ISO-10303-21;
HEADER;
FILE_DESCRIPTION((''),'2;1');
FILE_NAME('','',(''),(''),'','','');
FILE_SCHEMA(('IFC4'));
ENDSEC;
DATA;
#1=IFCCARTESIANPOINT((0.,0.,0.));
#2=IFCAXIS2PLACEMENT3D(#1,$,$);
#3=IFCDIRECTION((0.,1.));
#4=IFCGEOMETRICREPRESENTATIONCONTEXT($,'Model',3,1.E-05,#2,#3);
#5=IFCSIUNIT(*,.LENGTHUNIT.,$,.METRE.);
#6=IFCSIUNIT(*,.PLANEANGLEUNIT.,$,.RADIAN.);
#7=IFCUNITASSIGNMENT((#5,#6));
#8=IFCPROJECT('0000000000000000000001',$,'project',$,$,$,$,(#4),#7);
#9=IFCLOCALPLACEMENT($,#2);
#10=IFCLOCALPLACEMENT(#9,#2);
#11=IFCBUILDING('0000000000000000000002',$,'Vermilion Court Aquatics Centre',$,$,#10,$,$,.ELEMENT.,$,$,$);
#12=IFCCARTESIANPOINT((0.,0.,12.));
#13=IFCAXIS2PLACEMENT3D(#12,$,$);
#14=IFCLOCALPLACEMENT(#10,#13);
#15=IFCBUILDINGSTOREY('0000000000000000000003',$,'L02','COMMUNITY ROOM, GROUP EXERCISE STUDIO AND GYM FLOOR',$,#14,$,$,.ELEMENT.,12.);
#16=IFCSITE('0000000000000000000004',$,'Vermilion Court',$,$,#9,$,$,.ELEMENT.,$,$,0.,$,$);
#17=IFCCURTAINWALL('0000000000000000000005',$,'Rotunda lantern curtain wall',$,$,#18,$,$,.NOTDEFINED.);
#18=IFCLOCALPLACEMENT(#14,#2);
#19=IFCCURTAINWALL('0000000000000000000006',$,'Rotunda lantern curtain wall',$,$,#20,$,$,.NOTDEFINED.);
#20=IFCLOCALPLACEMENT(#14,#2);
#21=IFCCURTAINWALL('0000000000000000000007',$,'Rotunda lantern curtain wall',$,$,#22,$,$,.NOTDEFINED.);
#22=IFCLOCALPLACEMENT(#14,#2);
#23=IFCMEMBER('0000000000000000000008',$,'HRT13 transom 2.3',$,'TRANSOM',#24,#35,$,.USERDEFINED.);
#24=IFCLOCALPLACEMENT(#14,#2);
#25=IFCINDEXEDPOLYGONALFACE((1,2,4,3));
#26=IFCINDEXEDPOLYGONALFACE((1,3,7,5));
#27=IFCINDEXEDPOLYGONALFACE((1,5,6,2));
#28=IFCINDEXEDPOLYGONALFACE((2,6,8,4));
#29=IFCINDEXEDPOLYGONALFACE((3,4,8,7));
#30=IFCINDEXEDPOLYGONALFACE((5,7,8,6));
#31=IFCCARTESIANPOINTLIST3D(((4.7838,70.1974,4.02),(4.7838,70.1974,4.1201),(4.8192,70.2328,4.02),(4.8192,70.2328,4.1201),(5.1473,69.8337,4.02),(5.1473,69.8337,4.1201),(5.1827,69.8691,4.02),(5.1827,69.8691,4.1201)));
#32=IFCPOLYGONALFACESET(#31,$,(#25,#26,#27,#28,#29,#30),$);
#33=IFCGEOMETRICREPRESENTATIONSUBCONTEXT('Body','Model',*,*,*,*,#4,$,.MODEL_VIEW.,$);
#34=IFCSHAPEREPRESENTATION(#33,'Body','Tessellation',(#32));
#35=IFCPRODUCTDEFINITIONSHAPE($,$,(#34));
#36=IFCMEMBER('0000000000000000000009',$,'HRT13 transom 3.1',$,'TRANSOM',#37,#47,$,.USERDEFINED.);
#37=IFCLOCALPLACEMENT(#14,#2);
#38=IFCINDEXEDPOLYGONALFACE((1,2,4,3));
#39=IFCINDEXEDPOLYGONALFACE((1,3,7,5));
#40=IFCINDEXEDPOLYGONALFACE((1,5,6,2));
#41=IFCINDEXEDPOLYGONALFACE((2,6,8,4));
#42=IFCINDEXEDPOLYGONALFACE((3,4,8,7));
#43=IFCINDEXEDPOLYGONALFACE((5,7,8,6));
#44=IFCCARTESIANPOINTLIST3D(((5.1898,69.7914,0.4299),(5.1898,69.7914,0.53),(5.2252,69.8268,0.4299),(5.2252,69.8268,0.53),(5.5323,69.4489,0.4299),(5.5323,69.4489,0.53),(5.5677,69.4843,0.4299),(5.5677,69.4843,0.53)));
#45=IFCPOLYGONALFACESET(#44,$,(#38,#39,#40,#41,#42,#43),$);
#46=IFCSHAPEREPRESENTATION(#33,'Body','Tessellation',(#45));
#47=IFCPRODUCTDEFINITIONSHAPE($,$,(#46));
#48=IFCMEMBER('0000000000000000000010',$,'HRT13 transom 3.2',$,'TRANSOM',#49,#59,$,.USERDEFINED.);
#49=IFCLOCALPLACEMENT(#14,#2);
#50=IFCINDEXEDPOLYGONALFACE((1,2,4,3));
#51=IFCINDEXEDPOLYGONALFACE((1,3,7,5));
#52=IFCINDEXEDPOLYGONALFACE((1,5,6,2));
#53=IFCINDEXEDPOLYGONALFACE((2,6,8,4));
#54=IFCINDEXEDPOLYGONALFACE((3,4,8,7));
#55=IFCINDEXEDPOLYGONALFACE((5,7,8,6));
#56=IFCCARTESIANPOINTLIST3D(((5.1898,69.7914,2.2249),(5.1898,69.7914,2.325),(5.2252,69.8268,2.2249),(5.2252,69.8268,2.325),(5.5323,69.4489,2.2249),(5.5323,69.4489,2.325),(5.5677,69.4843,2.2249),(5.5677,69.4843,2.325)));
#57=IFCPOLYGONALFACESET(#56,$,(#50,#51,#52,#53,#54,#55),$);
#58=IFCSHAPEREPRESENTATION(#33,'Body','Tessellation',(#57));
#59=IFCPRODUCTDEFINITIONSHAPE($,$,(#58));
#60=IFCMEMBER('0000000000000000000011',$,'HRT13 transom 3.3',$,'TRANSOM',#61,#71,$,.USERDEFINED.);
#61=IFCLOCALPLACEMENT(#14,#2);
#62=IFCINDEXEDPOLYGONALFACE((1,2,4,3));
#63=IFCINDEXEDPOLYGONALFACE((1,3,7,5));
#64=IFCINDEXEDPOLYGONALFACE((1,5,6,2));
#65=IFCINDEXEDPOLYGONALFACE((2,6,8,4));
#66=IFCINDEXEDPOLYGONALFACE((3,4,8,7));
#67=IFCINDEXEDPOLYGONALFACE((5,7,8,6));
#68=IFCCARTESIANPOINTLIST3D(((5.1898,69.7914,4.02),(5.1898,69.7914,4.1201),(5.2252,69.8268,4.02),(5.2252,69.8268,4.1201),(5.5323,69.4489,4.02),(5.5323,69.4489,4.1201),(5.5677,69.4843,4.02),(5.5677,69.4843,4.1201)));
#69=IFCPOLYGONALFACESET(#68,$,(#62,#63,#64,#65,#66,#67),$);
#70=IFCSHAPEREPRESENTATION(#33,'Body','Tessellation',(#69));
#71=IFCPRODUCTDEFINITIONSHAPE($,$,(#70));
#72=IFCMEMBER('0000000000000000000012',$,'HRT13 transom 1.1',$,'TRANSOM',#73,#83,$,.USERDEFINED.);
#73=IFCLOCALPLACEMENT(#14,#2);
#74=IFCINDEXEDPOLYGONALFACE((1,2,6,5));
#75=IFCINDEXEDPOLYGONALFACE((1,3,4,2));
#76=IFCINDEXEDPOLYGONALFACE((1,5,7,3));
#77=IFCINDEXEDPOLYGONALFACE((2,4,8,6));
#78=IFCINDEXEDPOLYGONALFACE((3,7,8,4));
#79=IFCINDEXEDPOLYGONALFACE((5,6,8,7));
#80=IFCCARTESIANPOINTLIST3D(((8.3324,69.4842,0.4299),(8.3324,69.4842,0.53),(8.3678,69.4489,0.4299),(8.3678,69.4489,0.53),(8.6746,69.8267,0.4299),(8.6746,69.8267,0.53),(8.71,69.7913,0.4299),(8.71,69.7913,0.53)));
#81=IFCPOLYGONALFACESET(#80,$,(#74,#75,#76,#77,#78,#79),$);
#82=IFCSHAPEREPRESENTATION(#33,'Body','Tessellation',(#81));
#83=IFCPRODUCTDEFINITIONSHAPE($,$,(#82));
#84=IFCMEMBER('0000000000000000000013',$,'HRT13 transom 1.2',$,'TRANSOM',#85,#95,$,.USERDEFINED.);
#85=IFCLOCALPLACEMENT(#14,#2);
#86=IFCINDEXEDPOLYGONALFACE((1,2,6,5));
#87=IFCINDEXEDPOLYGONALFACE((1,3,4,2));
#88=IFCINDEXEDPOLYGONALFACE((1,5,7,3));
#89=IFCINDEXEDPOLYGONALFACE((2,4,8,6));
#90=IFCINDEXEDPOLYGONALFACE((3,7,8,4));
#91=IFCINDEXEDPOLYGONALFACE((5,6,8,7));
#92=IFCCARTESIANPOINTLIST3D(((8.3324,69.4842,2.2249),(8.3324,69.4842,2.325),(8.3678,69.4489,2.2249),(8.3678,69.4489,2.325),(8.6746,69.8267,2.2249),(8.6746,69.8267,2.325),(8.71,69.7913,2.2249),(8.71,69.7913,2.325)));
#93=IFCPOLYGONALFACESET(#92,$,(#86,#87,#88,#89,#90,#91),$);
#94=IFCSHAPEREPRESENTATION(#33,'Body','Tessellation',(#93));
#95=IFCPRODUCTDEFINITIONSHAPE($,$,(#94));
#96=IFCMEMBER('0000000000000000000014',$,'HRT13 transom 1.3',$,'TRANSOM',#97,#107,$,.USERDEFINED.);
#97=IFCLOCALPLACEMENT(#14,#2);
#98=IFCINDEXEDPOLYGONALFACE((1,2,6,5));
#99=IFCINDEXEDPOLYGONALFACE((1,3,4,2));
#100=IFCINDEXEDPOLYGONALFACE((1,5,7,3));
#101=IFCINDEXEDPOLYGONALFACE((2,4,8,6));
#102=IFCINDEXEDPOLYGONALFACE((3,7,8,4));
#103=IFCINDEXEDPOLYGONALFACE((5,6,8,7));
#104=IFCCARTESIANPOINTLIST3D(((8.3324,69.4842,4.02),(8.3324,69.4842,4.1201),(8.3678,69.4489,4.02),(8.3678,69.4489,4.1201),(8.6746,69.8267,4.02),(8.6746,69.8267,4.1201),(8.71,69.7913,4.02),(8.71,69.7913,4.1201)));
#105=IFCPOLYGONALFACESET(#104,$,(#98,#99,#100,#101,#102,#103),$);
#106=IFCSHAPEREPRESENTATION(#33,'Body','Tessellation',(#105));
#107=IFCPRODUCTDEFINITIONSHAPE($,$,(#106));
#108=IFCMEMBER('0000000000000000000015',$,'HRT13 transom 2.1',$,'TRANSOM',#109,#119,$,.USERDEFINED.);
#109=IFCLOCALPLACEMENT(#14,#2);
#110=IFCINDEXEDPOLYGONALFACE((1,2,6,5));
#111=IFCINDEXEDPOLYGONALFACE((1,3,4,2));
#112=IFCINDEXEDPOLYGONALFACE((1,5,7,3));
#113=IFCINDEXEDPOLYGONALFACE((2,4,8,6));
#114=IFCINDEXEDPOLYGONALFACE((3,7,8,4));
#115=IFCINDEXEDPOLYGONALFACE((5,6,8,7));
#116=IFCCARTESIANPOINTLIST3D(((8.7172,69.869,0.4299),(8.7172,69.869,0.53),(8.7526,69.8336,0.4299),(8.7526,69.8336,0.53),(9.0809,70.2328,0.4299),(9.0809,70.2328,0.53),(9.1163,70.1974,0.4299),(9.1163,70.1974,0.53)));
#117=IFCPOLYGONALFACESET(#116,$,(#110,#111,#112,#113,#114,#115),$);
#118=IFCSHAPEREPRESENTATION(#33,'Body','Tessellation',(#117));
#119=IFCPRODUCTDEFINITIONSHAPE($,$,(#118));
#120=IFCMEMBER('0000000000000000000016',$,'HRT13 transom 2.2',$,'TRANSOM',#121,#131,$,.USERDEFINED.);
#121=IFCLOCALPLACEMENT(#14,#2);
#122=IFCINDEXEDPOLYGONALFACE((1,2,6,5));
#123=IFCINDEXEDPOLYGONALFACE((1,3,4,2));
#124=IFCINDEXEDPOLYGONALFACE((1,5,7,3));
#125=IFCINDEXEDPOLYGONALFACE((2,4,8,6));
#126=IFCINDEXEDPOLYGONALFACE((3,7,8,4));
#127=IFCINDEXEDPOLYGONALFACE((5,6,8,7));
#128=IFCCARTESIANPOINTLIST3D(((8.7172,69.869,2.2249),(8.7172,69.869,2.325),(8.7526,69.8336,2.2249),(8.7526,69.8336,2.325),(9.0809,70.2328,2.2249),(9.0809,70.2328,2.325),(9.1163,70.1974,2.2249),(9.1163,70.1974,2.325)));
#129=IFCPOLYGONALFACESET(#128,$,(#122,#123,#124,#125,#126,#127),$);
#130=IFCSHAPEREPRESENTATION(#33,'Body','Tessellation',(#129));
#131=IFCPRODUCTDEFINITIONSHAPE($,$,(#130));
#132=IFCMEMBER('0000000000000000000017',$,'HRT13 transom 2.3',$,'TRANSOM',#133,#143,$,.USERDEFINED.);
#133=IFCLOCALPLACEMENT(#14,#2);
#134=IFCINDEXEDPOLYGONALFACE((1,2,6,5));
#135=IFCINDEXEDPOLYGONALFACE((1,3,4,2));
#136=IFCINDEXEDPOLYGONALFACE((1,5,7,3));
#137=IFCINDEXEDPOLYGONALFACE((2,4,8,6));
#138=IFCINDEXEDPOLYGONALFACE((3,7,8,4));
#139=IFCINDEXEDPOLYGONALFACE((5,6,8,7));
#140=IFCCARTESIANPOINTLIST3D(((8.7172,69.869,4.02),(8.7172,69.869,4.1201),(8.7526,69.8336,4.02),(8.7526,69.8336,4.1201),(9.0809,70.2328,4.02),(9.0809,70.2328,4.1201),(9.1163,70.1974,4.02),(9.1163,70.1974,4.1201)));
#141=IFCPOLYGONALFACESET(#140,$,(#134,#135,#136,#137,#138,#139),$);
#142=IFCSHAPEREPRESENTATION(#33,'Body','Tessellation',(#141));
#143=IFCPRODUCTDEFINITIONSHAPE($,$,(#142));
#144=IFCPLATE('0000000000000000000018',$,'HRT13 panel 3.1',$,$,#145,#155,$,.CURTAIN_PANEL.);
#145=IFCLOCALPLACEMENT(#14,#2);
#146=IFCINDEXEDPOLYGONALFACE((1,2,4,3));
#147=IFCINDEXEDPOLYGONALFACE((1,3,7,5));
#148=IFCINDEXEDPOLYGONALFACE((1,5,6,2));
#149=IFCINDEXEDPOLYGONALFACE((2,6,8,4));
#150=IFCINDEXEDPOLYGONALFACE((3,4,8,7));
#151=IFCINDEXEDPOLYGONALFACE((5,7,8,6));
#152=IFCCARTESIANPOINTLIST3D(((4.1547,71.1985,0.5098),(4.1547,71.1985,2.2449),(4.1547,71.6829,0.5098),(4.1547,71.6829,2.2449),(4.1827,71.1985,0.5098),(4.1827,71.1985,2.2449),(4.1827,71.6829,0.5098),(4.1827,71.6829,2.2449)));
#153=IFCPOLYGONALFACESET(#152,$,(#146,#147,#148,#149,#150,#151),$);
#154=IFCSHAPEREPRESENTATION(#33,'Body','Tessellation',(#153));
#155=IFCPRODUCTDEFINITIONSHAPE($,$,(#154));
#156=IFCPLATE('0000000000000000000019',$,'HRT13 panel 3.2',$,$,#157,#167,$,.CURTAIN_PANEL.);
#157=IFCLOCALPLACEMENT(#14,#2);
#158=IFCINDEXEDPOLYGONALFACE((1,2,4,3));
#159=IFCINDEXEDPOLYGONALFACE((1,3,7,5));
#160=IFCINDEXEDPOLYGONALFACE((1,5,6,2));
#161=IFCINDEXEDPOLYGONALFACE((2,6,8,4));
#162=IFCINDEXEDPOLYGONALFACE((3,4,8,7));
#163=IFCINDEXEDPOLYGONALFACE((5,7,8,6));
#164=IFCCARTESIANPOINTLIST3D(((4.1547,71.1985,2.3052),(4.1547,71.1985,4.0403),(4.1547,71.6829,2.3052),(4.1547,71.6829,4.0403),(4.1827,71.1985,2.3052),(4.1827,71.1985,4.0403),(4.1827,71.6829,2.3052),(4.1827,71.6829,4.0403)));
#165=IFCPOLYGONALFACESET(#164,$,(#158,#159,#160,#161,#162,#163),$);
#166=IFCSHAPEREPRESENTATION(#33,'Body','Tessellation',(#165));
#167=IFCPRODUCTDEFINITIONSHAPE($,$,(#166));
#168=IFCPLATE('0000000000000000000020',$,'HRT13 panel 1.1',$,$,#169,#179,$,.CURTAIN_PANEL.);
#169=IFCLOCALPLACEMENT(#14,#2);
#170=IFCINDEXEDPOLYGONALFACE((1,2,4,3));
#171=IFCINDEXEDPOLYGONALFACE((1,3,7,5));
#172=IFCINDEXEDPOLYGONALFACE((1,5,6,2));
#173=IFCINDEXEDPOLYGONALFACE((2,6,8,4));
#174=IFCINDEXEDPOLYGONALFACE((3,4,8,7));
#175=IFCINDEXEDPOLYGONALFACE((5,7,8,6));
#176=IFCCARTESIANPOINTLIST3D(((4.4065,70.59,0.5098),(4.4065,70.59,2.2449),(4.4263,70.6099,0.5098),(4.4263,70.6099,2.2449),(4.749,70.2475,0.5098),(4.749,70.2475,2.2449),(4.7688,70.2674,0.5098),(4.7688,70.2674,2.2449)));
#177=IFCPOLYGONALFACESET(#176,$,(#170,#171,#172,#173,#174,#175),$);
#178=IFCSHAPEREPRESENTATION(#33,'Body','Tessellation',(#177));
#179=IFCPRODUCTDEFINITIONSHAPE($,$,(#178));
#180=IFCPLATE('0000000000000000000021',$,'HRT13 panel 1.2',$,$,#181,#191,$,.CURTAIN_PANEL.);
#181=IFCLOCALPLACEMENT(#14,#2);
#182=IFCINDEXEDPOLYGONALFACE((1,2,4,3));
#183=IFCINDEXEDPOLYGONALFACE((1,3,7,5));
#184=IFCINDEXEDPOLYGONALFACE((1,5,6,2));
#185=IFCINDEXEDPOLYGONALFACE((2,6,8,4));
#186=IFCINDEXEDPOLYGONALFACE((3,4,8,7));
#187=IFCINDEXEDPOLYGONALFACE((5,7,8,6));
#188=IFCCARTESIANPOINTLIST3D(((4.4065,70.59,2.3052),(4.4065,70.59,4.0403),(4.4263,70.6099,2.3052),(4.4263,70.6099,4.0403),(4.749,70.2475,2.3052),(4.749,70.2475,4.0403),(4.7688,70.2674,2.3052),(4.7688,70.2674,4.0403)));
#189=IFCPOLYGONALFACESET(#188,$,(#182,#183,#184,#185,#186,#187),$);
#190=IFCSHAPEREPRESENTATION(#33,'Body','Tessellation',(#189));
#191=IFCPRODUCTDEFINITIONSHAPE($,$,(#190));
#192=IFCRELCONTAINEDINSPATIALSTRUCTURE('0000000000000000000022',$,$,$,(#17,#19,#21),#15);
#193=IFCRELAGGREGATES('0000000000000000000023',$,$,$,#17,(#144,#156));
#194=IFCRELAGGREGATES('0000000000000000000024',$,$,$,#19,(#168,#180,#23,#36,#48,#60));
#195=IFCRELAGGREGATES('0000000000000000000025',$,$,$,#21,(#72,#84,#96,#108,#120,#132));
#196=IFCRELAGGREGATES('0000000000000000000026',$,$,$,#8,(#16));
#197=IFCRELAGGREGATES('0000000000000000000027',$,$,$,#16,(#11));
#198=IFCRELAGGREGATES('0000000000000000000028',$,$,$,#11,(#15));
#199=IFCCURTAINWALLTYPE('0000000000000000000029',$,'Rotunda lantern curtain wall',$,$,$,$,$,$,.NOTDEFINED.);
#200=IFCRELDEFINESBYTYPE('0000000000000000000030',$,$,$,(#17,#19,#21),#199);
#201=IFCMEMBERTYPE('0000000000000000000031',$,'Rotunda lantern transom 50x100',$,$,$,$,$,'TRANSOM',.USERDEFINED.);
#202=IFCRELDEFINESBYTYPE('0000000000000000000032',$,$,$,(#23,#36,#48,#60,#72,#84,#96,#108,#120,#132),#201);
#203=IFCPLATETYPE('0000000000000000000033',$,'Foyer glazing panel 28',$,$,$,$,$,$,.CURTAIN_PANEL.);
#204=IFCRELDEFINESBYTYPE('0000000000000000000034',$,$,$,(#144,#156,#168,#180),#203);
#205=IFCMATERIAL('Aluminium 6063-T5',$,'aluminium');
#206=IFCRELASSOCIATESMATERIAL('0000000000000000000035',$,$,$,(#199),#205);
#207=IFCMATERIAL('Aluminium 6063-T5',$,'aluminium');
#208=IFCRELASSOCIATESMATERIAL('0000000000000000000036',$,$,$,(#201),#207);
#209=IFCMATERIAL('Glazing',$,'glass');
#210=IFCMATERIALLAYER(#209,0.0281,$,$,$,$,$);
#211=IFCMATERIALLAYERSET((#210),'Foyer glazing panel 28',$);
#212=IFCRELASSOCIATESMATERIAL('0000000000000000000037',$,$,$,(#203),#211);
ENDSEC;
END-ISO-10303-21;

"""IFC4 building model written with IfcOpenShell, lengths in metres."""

from ifc_helpers import new_model, si_unit, direction, frame, origin, origin_2d, place, context, subcontext, project, spatial, rectangle, extrude, material, layer, layer_set, material_profile, profile_set, type_object, element, aggregate, save


model = new_model("IFC4")

# Units and contexts
model_context = context("Model", 3, precision=1e-05, world=origin(), true_north=direction((0.0, 1.0)))
body_context = subcontext(model_context, "Body", "Model", "MODEL_VIEW")
ifc_project = project(units=[si_unit("LENGTHUNIT", "METRE"), si_unit("PLANEANGLEUNIT", "RADIAN")], contexts=[model_context])

# Site, building, storey
site_placement = place(None, origin())
site = spatial("IfcSite", under=ifc_project, at=site_placement, Name="Vermilion Court", CompositionType="ELEMENT", RefElevation=0.0)
building_placement = place(site_placement, origin())
building = spatial("IfcBuilding", under=site, at=building_placement, Name="Vermilion Court Aquatics Centre", CompositionType="ELEMENT")
storey_placement = place(building_placement, frame((0.0, 0.0, 12.0)))
storey = spatial("IfcBuildingStorey", under=building, at=storey_placement, Name="L02", Description="COMMUNITY ROOM, GROUP EXERCISE STUDIO AND GYM FLOOR", CompositionType="ELEMENT", Elevation=12.0)

# Curtain wall
ifc_material_1 = material(Name="Aluminium 6063-T5", Category="aluminium")
curtain_wall_type = type_object("IfcCurtainWallType", Name="Rotunda lantern curtain wall", PredefinedType="NOTDEFINED", material=ifc_material_1)
curtain_wall_1_placement = place(storey_placement, origin())
curtain_wall_1 = element("IfcCurtainWall", 1, at=curtain_wall_1_placement, inside=storey, type_object=curtain_wall_type, Name="Rotunda lantern curtain wall", PredefinedType="NOTDEFINED")

# Curtain wall
curtain_wall_2_placement = place(storey_placement, origin())
curtain_wall_2 = element("IfcCurtainWall", 2, at=curtain_wall_2_placement, inside=storey, type_object=curtain_wall_type, Name="Rotunda lantern curtain wall", PredefinedType="NOTDEFINED")

# Curtain wall
curtain_wall_3_placement = place(storey_placement, origin())
curtain_wall_3 = element("IfcCurtainWall", 3, at=curtain_wall_3_placement, inside=storey, type_object=curtain_wall_type, Name="Rotunda lantern curtain wall", PredefinedType="NOTDEFINED")

# Members
ifc_material_2 = material(Name="Aluminium 6063-T5", Category="aluminium")
ifc_material_profile_1 = material_profile(ifc_material_2, rectangle(XDim=0.05, YDim=0.1001, at=origin_2d()), Name="Aluminium 50x100")
ifc_profile_set_1 = profile_set([ifc_material_profile_1], Name="Aluminium 6063-T5")
member_type_1 = type_object("IfcMemberType", Name="Rotunda lantern transom 50x100", ElementType="TRANSOM", PredefinedType="USERDEFINED", material=ifc_profile_set_1)
member_1_placement = place(storey_placement, frame((4.8015, 70.2151, 4.0701), z_axis=(0.706869, -0.707344, 0.0), x_axis=(0.707344, 0.706869, 0.0)))
member_1 = element("IfcMember", 4, at=member_1_placement, type_object=member_type_1, Name="HRT13 transom 2.3", ObjectType="TRANSOM", PredefinedType="USERDEFINED", context=body_context, shape_type="SweptSolid", body=[
    extrude(rectangle(XDim=0.05, YDim=0.1001, at=origin_2d()), origin(), (0.0, 0.0, 1.0), 0.5142),
])
member_2_placement = place(storey_placement, frame((5.2075, 69.8091, 0.48), z_axis=(0.707107, -0.707107, 0.0), x_axis=(0.707107, 0.707107, 0.0)))
member_2 = element("IfcMember", 5, at=member_2_placement, type_object=member_type_1, Name="HRT13 transom 3.1", ObjectType="TRANSOM", PredefinedType="USERDEFINED", context=body_context, shape_type="SweptSolid", body=[
    extrude(rectangle(XDim=0.05, YDim=0.1001, at=origin_2d()), origin(), (0.0, 0.0, 1.0), 0.4844),
])
member_3_placement = place(storey_placement, frame((5.2075, 69.8091, 2.2749), z_axis=(0.707107, -0.707107, 0.0), x_axis=(0.707107, 0.707107, 0.0)))
member_3 = element("IfcMember", 6, at=member_3_placement, type_object=member_type_1, Name="HRT13 transom 3.2", ObjectType="TRANSOM", PredefinedType="USERDEFINED", context=body_context, shape_type="SweptSolid", body=[
    extrude(rectangle(XDim=0.05, YDim=0.1001, at=origin_2d()), origin(), (0.0, 0.0, 1.0), 0.4844),
])
member_4_placement = place(storey_placement, frame((5.2075, 69.8091, 4.0701), z_axis=(0.707107, -0.707107, 0.0), x_axis=(0.707107, 0.707107, 0.0)))
member_4 = element("IfcMember", 7, at=member_4_placement, type_object=member_type_1, Name="HRT13 transom 3.3", ObjectType="TRANSOM", PredefinedType="USERDEFINED", context=body_context, shape_type="SweptSolid", body=[
    extrude(rectangle(XDim=0.05, YDim=0.1001, at=origin_2d()), origin(), (0.0, 0.0, 1.0), 0.4844),
])
member_5_placement = place(storey_placement, frame((8.3501, 69.4666, 0.48), z_axis=(0.706855, 0.707359, 0.0), x_axis=(-0.707359, 0.706855, 0.0)))
member_5 = element("IfcMember", 8, at=member_5_placement, type_object=member_type_1, Name="HRT13 transom 1.1", ObjectType="TRANSOM", PredefinedType="USERDEFINED", context=body_context, shape_type="SweptSolid", body=[
    extrude(rectangle(XDim=0.05, YDim=0.1001, at=origin_2d()), origin(), (0.0, 0.0, 1.0), 0.4841),
])
member_6_placement = place(storey_placement, frame((8.3501, 69.4666, 2.2749), z_axis=(0.706855, 0.707359, 0.0), x_axis=(-0.707359, 0.706855, 0.0)))
member_6 = element("IfcMember", 9, at=member_6_placement, type_object=member_type_1, Name="HRT13 transom 1.2", ObjectType="TRANSOM", PredefinedType="USERDEFINED", context=body_context, shape_type="SweptSolid", body=[
    extrude(rectangle(XDim=0.05, YDim=0.1001, at=origin_2d()), origin(), (0.0, 0.0, 1.0), 0.4841),
])
member_7_placement = place(storey_placement, frame((8.3501, 69.4666, 4.0701), z_axis=(0.706855, 0.707359, 0.0), x_axis=(-0.707359, 0.706855, 0.0)))
member_7 = element("IfcMember", 10, at=member_7_placement, type_object=member_type_1, Name="HRT13 transom 1.3", ObjectType="TRANSOM", PredefinedType="USERDEFINED", context=body_context, shape_type="SweptSolid", body=[
    extrude(rectangle(XDim=0.05, YDim=0.1001, at=origin_2d()), origin(), (0.0, 0.0, 1.0), 0.4841),
])
member_8_placement = place(storey_placement, frame((8.7349, 69.8513, 0.48), z_axis=(0.707107, 0.707107, 0.0), x_axis=(-0.707107, 0.707107, 0.0)))
member_8 = element("IfcMember", 11, at=member_8_placement, type_object=member_type_1, Name="HRT13 transom 2.1", ObjectType="TRANSOM", PredefinedType="USERDEFINED", context=body_context, shape_type="SweptSolid", body=[
    extrude(rectangle(XDim=0.05, YDim=0.1001, at=origin_2d()), origin(), (0.0, 0.0, 1.0), 0.5144),
])
member_9_placement = place(storey_placement, frame((8.7349, 69.8513, 2.2749), z_axis=(0.707107, 0.707107, 0.0), x_axis=(-0.707107, 0.707107, 0.0)))
member_9 = element("IfcMember", 12, at=member_9_placement, type_object=member_type_1, Name="HRT13 transom 2.2", ObjectType="TRANSOM", PredefinedType="USERDEFINED", context=body_context, shape_type="SweptSolid", body=[
    extrude(rectangle(XDim=0.05, YDim=0.1001, at=origin_2d()), origin(), (0.0, 0.0, 1.0), 0.5144),
])
member_10_placement = place(storey_placement, frame((8.7349, 69.8513, 4.0701), z_axis=(0.707107, 0.707107, 0.0), x_axis=(-0.707107, 0.707107, 0.0)))
member_10 = element("IfcMember", 13, at=member_10_placement, type_object=member_type_1, Name="HRT13 transom 2.3", ObjectType="TRANSOM", PredefinedType="USERDEFINED", context=body_context, shape_type="SweptSolid", body=[
    extrude(rectangle(XDim=0.05, YDim=0.1001, at=origin_2d()), origin(), (0.0, 0.0, 1.0), 0.5144),
])

# Plates
ifc_material_3 = material(Name="Glazing", Category="glass")
ifc_layer_1 = layer(ifc_material_3, 0.0281)
ifc_layer_set_1 = layer_set([ifc_layer_1], Name="Foyer glazing panel 28")
plate_type = type_object("IfcPlateType", Name="Foyer glazing panel 28", PredefinedType="CURTAIN_PANEL", material=ifc_layer_set_1)
plate_1_placement = place(storey_placement, frame((4.1687, 71.4407, 0.5098), z_axis=(0.0, 0.0, 1.0), x_axis=(0.0, -1.0, 0.0)))
plate_1 = element("IfcPlate", 14, at=plate_1_placement, type_object=plate_type, Name="HRT13 panel 3.1", PredefinedType="CURTAIN_PANEL", context=body_context, shape_type="SweptSolid", body=[
    extrude(rectangle(XDim=0.4844, YDim=0.0281, at=origin_2d()), origin(), (0.0, 0.0, 1.0), 1.7351),
])
plate_2_placement = place(storey_placement, frame((4.1687, 71.4407, 2.3052), z_axis=(0.0, 0.0, 1.0), x_axis=(0.0, -1.0, 0.0)))
plate_2 = element("IfcPlate", 15, at=plate_2_placement, type_object=plate_type, Name="HRT13 panel 3.2", PredefinedType="CURTAIN_PANEL", context=body_context, shape_type="SweptSolid", body=[
    extrude(rectangle(XDim=0.4844, YDim=0.0281, at=origin_2d()), origin(), (0.0, 0.0, 1.0), 1.7351),
])
aggregate(curtain_wall_1, [plate_1, plate_2])
plate_3_placement = place(storey_placement, frame((4.5876, 70.4287, 0.5098), z_axis=(0.0, 0.0, 1.0), x_axis=(0.707107, -0.707107, 0.0)))
plate_3 = element("IfcPlate", 16, at=plate_3_placement, type_object=plate_type, Name="HRT13 panel 1.1", PredefinedType="CURTAIN_PANEL", context=body_context, shape_type="SweptSolid", body=[
    extrude(rectangle(XDim=0.4844, YDim=0.0281, at=origin_2d()), origin(), (0.0, 0.0, 1.0), 1.7351),
])
plate_4_placement = place(storey_placement, frame((4.5876, 70.4287, 2.3052), z_axis=(0.0, 0.0, 1.0), x_axis=(0.707107, -0.707107, 0.0)))
plate_4 = element("IfcPlate", 17, at=plate_4_placement, type_object=plate_type, Name="HRT13 panel 1.2", PredefinedType="CURTAIN_PANEL", context=body_context, shape_type="SweptSolid", body=[
    extrude(rectangle(XDim=0.4844, YDim=0.0281, at=origin_2d()), origin(), (0.0, 0.0, 1.0), 1.7351),
])
aggregate(curtain_wall_2, [plate_3, plate_4, member_1, member_2, member_3, member_4])
aggregate(curtain_wall_3, [member_5, member_6, member_7, member_8, member_9, member_10])

save(model, "model.ifc")
